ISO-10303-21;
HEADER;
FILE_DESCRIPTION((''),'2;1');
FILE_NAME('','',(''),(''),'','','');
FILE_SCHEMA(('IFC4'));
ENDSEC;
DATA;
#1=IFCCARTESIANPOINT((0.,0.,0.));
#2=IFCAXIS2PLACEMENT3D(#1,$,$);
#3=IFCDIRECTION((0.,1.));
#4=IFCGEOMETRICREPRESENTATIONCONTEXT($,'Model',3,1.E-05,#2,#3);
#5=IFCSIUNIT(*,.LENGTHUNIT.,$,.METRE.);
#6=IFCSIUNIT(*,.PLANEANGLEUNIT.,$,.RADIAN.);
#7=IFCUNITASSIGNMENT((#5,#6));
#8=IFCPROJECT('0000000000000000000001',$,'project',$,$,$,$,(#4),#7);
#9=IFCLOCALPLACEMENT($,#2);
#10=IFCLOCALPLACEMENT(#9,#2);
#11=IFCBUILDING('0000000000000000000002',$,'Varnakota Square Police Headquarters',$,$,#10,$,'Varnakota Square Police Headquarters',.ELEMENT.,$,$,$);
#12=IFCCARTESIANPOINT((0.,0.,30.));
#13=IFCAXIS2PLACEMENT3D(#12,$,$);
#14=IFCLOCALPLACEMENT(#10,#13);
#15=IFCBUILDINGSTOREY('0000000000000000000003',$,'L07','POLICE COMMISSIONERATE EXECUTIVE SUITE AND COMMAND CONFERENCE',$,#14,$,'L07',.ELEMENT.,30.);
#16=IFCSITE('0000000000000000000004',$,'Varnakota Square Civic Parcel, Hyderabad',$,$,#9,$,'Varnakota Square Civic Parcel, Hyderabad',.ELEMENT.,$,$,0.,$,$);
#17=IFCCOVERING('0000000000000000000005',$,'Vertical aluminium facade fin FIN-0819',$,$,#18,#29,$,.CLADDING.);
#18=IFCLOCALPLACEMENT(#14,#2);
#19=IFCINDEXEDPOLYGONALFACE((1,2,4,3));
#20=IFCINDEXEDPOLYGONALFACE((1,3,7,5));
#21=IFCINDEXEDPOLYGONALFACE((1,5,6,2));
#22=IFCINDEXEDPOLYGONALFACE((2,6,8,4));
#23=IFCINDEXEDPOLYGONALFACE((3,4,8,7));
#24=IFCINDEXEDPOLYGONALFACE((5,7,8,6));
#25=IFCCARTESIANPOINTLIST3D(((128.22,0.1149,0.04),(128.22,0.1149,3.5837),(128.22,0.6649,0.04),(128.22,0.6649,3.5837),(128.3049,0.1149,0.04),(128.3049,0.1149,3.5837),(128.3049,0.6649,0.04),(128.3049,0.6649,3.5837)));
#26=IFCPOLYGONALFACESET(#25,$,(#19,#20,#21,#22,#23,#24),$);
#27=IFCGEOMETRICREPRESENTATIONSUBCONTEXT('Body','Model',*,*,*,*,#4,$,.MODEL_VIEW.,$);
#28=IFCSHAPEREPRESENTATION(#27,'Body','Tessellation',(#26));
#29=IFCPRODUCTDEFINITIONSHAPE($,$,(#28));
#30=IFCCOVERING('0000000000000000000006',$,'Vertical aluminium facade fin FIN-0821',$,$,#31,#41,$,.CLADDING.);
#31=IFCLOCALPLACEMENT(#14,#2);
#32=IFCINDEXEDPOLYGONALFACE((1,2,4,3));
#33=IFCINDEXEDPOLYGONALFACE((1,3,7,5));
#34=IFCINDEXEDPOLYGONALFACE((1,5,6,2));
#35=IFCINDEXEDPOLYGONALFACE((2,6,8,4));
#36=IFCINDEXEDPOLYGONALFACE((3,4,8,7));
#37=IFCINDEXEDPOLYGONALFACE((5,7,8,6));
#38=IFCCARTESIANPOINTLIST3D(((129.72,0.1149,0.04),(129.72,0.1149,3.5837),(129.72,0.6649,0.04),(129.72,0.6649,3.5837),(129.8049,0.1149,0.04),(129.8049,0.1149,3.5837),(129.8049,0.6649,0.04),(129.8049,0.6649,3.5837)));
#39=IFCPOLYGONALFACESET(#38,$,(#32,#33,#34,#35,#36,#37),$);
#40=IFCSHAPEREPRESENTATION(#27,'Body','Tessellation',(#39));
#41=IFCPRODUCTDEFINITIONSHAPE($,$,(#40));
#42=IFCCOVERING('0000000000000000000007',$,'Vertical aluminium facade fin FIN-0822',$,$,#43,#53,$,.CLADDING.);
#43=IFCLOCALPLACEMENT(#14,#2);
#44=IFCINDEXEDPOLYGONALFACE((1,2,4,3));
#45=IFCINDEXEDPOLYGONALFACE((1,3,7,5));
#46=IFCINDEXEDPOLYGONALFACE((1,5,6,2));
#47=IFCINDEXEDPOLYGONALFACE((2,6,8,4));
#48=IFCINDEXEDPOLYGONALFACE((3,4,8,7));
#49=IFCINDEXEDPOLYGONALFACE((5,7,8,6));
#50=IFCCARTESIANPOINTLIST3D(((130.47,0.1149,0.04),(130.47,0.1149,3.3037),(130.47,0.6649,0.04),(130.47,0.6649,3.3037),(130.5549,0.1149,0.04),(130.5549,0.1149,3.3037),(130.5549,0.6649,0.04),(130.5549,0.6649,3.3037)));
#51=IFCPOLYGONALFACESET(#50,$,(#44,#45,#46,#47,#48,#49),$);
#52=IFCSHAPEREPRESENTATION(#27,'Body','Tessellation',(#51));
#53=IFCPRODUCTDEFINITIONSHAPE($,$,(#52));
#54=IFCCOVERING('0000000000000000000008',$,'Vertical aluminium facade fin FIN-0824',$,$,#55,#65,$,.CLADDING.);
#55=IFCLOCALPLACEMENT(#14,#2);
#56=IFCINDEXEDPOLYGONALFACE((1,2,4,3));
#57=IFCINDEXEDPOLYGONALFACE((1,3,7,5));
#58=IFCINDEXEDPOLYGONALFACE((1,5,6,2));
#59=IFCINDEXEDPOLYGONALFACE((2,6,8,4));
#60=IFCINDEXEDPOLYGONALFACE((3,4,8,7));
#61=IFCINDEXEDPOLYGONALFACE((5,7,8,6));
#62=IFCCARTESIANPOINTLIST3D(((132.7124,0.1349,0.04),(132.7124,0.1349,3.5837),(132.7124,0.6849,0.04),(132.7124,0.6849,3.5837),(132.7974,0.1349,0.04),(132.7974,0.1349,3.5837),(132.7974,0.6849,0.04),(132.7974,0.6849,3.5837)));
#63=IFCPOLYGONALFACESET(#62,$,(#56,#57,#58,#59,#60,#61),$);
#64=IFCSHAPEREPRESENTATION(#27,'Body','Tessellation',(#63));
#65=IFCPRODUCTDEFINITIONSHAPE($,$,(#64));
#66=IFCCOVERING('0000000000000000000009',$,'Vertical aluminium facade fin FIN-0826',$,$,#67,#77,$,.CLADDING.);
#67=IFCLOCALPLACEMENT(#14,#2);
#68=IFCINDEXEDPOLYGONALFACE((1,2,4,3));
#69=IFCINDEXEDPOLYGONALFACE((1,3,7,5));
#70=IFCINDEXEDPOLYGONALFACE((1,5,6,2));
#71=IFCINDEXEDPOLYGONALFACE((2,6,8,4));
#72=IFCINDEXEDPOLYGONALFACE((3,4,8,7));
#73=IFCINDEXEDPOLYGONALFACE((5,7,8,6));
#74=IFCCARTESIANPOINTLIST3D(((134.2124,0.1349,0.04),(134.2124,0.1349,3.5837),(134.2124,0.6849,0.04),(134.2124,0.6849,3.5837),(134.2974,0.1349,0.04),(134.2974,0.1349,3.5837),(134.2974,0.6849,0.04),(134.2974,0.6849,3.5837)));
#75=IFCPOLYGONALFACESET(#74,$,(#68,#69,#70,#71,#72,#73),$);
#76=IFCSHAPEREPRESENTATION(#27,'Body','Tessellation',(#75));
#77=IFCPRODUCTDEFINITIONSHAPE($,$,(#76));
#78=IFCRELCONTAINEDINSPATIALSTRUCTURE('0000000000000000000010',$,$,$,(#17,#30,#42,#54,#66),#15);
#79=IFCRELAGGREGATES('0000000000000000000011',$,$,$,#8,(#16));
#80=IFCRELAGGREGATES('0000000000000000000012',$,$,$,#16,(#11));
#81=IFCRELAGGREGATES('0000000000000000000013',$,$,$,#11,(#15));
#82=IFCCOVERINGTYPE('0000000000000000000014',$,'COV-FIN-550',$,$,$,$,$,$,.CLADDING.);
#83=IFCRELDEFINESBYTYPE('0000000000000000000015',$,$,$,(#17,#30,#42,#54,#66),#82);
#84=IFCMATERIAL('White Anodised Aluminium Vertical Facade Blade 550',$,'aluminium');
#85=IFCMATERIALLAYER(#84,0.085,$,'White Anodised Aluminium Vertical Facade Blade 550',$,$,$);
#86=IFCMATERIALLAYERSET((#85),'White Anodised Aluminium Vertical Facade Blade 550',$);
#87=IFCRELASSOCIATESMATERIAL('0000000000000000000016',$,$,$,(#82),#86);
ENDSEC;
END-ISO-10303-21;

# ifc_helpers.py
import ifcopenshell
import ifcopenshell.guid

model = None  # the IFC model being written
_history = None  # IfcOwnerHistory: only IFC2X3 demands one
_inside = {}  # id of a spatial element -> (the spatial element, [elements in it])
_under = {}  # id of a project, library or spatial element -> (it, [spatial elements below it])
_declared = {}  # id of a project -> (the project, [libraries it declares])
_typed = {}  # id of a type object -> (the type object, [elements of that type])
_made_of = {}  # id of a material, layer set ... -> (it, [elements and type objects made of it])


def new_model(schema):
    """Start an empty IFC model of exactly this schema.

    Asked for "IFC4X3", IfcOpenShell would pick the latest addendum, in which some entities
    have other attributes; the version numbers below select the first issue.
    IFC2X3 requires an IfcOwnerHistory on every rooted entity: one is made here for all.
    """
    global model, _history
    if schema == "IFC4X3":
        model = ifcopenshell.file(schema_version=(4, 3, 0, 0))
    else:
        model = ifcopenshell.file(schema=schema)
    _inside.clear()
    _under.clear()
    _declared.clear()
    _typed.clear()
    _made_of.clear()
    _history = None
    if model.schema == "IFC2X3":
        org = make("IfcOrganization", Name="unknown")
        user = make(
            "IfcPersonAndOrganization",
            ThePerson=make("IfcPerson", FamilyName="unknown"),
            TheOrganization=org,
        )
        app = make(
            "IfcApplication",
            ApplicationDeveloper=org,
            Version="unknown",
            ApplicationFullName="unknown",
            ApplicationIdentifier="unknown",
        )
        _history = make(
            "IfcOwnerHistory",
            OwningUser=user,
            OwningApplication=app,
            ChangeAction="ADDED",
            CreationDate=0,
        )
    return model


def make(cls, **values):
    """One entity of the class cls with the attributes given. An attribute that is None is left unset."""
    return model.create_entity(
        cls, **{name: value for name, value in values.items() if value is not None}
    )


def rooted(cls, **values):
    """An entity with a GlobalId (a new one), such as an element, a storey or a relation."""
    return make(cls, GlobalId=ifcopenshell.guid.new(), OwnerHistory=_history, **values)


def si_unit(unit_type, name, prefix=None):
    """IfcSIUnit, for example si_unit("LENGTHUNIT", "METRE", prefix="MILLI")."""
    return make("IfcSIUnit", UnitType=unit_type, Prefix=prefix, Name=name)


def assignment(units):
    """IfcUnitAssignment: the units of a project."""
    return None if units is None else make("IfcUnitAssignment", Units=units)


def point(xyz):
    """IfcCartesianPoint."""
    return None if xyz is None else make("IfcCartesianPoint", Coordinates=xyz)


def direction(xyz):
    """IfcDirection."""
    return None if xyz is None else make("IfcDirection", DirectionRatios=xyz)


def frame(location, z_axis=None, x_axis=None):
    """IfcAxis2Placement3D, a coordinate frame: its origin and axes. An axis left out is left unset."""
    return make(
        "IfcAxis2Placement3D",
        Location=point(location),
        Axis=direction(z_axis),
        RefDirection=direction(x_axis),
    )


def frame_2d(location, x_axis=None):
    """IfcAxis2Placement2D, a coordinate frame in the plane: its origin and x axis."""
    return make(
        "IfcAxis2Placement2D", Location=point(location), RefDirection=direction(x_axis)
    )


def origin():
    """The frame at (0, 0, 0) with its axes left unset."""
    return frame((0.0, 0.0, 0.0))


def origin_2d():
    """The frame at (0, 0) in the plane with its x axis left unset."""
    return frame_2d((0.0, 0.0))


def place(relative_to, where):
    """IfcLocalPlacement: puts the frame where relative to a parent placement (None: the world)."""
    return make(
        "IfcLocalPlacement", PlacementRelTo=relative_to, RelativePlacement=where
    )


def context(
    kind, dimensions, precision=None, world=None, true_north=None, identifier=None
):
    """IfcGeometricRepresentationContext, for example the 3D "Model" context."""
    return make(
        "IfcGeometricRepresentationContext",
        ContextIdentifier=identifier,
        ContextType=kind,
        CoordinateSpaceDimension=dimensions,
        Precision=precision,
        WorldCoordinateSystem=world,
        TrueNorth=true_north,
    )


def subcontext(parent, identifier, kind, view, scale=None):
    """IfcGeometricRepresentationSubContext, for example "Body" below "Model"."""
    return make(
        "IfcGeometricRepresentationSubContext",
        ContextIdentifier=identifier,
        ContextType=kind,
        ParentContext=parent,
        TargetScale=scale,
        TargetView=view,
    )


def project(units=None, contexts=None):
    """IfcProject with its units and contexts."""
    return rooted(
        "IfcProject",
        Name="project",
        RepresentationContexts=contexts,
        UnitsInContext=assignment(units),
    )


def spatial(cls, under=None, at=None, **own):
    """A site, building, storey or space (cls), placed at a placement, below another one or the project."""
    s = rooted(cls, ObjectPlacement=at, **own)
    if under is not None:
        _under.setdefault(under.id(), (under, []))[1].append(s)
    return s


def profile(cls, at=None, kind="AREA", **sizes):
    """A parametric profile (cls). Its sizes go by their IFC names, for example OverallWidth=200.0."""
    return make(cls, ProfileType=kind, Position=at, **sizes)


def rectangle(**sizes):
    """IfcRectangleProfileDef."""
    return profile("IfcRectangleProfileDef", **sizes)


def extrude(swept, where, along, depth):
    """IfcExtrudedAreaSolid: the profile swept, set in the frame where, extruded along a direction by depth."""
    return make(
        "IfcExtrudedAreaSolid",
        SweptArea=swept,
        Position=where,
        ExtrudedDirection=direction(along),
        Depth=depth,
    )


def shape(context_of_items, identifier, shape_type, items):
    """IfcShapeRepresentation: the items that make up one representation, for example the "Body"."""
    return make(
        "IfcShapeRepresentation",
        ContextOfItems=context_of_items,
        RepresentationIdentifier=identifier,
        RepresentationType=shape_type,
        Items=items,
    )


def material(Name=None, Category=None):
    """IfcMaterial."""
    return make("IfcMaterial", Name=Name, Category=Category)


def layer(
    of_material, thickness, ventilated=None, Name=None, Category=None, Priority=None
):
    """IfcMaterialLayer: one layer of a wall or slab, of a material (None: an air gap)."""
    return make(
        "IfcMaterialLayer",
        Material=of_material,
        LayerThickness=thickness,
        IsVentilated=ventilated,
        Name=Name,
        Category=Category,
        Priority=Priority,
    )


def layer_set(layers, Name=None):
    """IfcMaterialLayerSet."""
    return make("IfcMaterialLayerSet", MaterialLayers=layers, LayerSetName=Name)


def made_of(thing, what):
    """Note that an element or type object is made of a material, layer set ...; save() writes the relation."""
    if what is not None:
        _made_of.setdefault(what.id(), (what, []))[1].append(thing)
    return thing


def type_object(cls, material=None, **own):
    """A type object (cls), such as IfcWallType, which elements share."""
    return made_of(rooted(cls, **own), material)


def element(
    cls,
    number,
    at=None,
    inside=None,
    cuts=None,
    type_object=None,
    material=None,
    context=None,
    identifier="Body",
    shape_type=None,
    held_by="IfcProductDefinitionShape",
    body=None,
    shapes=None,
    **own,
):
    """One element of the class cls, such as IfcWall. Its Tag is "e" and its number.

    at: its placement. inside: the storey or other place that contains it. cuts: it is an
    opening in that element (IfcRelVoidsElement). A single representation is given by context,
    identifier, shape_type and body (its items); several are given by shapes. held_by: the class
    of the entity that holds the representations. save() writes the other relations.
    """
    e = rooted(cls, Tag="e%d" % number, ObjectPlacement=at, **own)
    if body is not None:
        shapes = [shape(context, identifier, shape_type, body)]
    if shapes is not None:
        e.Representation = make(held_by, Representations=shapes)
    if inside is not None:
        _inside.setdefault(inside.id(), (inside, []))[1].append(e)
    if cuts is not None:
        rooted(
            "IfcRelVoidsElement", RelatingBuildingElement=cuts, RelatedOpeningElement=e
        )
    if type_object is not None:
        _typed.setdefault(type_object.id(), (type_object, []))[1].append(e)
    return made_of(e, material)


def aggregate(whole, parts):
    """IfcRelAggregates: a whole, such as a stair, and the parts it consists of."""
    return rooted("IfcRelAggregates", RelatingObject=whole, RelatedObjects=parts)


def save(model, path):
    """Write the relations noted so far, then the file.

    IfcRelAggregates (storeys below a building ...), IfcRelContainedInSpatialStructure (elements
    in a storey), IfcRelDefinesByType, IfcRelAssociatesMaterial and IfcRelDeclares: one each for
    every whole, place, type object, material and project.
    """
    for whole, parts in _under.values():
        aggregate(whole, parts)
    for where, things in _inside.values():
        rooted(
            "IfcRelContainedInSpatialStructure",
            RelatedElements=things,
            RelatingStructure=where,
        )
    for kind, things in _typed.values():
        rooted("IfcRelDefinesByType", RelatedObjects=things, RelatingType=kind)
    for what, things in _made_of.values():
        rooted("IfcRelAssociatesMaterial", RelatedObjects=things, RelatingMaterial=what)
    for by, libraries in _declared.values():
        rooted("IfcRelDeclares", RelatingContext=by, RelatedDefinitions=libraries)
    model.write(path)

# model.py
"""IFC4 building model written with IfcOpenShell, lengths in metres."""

from ifc_helpers import new_model, si_unit, direction, frame, origin, origin_2d, place, context, subcontext, project, spatial, rectangle, extrude, material, layer, layer_set, type_object, element, save


model = new_model("IFC4")

# Units and contexts
model_context = context("Model", 3, precision=1e-05, world=origin(), true_north=direction((0.0, 1.0)))
body_context = subcontext(model_context, "Body", "Model", "MODEL_VIEW")
ifc_project = project(units=[si_unit("LENGTHUNIT", "METRE"), si_unit("PLANEANGLEUNIT", "RADIAN")], contexts=[model_context])

# Site, building, storey
site_placement = place(None, origin())
site = spatial("IfcSite", under=ifc_project, at=site_placement, Name="Varnakota Square Civic Parcel, Hyderabad", LongName="Varnakota Square Civic Parcel, Hyderabad", CompositionType="ELEMENT", RefElevation=0.0)
building_placement = place(site_placement, origin())
building = spatial("IfcBuilding", under=site, at=building_placement, Name="Varnakota Square Police Headquarters", LongName="Varnakota Square Police Headquarters", CompositionType="ELEMENT")
storey_placement = place(building_placement, frame((0.0, 0.0, 30.0)))
storey = spatial("IfcBuildingStorey", under=building, at=storey_placement, Name="L07", Description="POLICE COMMISSIONERATE EXECUTIVE SUITE AND COMMAND CONFERENCE", LongName="L07", CompositionType="ELEMENT", Elevation=30.0)

# Coverings
ifc_material_1 = material(Name="White Anodised Aluminium Vertical Facade Blade 550", Category="aluminium")
ifc_layer_1 = layer(ifc_material_1, 0.085, Name="White Anodised Aluminium Vertical Facade Blade 550")
ifc_layer_set_1 = layer_set([ifc_layer_1], Name="White Anodised Aluminium Vertical Facade Blade 550")
covering_type_1 = type_object("IfcCoveringType", Name="COV-FIN-550", PredefinedType="CLADDING", material=ifc_layer_set_1)
for number, where, z_axis, x_axis, name in (
    (1, (128.2625, 0.3899, 0.04), (0.0, 0.0, 1.0), (1.0, 0.0, 0.0), "Vertical aluminium facade fin FIN-0819"),
    (2, (129.7625, 0.3899, 0.04), (0.0, 0.0, 1.0), (1.0, 0.0, 0.0), "Vertical aluminium facade fin FIN-0821"),
):
    element("IfcCovering", number, at=place(storey_placement, frame(where, z_axis=z_axis, x_axis=x_axis)), inside=storey, type_object=covering_type_1, Name=name, PredefinedType="CLADDING", context=body_context, shape_type="SweptSolid", body=[
        extrude(rectangle(XDim=0.085, YDim=0.55, at=origin_2d()), origin(), (0.0, 0.0, 1.0), 3.5437),
    ])
covering_1_placement = place(storey_placement, frame((130.5125, 0.3899, 0.04), z_axis=(0.0, 0.0, 1.0), x_axis=(1.0, 0.0, 0.0)))
element("IfcCovering", 3, at=covering_1_placement, inside=storey, type_object=covering_type_1, Name="Vertical aluminium facade fin FIN-0822", PredefinedType="CLADDING", context=body_context, shape_type="SweptSolid", body=[
    extrude(rectangle(XDim=0.085, YDim=0.55, at=origin_2d()), origin(), (0.0, 0.0, 1.0), 3.2637),
])
for number, where, z_axis, x_axis, name in (
    (4, (132.7549, 0.4099, 0.04), (0.0, 0.0, 1.0), (1.0, 0.0, 0.0), "Vertical aluminium facade fin FIN-0824"),
    (5, (134.2549, 0.4099, 0.04), (0.0, 0.0, 1.0), (1.0, 0.0, 0.0), "Vertical aluminium facade fin FIN-0826"),
):
    element("IfcCovering", number, at=place(storey_placement, frame(where, z_axis=z_axis, x_axis=x_axis)), inside=storey, type_object=covering_type_1, Name=name, PredefinedType="CLADDING", context=body_context, shape_type="SweptSolid", body=[
        extrude(rectangle(XDim=0.085, YDim=0.55, at=origin_2d()), origin(), (0.0, 0.0, 1.0), 3.5437),
    ])

save(model, "model.ifc")
